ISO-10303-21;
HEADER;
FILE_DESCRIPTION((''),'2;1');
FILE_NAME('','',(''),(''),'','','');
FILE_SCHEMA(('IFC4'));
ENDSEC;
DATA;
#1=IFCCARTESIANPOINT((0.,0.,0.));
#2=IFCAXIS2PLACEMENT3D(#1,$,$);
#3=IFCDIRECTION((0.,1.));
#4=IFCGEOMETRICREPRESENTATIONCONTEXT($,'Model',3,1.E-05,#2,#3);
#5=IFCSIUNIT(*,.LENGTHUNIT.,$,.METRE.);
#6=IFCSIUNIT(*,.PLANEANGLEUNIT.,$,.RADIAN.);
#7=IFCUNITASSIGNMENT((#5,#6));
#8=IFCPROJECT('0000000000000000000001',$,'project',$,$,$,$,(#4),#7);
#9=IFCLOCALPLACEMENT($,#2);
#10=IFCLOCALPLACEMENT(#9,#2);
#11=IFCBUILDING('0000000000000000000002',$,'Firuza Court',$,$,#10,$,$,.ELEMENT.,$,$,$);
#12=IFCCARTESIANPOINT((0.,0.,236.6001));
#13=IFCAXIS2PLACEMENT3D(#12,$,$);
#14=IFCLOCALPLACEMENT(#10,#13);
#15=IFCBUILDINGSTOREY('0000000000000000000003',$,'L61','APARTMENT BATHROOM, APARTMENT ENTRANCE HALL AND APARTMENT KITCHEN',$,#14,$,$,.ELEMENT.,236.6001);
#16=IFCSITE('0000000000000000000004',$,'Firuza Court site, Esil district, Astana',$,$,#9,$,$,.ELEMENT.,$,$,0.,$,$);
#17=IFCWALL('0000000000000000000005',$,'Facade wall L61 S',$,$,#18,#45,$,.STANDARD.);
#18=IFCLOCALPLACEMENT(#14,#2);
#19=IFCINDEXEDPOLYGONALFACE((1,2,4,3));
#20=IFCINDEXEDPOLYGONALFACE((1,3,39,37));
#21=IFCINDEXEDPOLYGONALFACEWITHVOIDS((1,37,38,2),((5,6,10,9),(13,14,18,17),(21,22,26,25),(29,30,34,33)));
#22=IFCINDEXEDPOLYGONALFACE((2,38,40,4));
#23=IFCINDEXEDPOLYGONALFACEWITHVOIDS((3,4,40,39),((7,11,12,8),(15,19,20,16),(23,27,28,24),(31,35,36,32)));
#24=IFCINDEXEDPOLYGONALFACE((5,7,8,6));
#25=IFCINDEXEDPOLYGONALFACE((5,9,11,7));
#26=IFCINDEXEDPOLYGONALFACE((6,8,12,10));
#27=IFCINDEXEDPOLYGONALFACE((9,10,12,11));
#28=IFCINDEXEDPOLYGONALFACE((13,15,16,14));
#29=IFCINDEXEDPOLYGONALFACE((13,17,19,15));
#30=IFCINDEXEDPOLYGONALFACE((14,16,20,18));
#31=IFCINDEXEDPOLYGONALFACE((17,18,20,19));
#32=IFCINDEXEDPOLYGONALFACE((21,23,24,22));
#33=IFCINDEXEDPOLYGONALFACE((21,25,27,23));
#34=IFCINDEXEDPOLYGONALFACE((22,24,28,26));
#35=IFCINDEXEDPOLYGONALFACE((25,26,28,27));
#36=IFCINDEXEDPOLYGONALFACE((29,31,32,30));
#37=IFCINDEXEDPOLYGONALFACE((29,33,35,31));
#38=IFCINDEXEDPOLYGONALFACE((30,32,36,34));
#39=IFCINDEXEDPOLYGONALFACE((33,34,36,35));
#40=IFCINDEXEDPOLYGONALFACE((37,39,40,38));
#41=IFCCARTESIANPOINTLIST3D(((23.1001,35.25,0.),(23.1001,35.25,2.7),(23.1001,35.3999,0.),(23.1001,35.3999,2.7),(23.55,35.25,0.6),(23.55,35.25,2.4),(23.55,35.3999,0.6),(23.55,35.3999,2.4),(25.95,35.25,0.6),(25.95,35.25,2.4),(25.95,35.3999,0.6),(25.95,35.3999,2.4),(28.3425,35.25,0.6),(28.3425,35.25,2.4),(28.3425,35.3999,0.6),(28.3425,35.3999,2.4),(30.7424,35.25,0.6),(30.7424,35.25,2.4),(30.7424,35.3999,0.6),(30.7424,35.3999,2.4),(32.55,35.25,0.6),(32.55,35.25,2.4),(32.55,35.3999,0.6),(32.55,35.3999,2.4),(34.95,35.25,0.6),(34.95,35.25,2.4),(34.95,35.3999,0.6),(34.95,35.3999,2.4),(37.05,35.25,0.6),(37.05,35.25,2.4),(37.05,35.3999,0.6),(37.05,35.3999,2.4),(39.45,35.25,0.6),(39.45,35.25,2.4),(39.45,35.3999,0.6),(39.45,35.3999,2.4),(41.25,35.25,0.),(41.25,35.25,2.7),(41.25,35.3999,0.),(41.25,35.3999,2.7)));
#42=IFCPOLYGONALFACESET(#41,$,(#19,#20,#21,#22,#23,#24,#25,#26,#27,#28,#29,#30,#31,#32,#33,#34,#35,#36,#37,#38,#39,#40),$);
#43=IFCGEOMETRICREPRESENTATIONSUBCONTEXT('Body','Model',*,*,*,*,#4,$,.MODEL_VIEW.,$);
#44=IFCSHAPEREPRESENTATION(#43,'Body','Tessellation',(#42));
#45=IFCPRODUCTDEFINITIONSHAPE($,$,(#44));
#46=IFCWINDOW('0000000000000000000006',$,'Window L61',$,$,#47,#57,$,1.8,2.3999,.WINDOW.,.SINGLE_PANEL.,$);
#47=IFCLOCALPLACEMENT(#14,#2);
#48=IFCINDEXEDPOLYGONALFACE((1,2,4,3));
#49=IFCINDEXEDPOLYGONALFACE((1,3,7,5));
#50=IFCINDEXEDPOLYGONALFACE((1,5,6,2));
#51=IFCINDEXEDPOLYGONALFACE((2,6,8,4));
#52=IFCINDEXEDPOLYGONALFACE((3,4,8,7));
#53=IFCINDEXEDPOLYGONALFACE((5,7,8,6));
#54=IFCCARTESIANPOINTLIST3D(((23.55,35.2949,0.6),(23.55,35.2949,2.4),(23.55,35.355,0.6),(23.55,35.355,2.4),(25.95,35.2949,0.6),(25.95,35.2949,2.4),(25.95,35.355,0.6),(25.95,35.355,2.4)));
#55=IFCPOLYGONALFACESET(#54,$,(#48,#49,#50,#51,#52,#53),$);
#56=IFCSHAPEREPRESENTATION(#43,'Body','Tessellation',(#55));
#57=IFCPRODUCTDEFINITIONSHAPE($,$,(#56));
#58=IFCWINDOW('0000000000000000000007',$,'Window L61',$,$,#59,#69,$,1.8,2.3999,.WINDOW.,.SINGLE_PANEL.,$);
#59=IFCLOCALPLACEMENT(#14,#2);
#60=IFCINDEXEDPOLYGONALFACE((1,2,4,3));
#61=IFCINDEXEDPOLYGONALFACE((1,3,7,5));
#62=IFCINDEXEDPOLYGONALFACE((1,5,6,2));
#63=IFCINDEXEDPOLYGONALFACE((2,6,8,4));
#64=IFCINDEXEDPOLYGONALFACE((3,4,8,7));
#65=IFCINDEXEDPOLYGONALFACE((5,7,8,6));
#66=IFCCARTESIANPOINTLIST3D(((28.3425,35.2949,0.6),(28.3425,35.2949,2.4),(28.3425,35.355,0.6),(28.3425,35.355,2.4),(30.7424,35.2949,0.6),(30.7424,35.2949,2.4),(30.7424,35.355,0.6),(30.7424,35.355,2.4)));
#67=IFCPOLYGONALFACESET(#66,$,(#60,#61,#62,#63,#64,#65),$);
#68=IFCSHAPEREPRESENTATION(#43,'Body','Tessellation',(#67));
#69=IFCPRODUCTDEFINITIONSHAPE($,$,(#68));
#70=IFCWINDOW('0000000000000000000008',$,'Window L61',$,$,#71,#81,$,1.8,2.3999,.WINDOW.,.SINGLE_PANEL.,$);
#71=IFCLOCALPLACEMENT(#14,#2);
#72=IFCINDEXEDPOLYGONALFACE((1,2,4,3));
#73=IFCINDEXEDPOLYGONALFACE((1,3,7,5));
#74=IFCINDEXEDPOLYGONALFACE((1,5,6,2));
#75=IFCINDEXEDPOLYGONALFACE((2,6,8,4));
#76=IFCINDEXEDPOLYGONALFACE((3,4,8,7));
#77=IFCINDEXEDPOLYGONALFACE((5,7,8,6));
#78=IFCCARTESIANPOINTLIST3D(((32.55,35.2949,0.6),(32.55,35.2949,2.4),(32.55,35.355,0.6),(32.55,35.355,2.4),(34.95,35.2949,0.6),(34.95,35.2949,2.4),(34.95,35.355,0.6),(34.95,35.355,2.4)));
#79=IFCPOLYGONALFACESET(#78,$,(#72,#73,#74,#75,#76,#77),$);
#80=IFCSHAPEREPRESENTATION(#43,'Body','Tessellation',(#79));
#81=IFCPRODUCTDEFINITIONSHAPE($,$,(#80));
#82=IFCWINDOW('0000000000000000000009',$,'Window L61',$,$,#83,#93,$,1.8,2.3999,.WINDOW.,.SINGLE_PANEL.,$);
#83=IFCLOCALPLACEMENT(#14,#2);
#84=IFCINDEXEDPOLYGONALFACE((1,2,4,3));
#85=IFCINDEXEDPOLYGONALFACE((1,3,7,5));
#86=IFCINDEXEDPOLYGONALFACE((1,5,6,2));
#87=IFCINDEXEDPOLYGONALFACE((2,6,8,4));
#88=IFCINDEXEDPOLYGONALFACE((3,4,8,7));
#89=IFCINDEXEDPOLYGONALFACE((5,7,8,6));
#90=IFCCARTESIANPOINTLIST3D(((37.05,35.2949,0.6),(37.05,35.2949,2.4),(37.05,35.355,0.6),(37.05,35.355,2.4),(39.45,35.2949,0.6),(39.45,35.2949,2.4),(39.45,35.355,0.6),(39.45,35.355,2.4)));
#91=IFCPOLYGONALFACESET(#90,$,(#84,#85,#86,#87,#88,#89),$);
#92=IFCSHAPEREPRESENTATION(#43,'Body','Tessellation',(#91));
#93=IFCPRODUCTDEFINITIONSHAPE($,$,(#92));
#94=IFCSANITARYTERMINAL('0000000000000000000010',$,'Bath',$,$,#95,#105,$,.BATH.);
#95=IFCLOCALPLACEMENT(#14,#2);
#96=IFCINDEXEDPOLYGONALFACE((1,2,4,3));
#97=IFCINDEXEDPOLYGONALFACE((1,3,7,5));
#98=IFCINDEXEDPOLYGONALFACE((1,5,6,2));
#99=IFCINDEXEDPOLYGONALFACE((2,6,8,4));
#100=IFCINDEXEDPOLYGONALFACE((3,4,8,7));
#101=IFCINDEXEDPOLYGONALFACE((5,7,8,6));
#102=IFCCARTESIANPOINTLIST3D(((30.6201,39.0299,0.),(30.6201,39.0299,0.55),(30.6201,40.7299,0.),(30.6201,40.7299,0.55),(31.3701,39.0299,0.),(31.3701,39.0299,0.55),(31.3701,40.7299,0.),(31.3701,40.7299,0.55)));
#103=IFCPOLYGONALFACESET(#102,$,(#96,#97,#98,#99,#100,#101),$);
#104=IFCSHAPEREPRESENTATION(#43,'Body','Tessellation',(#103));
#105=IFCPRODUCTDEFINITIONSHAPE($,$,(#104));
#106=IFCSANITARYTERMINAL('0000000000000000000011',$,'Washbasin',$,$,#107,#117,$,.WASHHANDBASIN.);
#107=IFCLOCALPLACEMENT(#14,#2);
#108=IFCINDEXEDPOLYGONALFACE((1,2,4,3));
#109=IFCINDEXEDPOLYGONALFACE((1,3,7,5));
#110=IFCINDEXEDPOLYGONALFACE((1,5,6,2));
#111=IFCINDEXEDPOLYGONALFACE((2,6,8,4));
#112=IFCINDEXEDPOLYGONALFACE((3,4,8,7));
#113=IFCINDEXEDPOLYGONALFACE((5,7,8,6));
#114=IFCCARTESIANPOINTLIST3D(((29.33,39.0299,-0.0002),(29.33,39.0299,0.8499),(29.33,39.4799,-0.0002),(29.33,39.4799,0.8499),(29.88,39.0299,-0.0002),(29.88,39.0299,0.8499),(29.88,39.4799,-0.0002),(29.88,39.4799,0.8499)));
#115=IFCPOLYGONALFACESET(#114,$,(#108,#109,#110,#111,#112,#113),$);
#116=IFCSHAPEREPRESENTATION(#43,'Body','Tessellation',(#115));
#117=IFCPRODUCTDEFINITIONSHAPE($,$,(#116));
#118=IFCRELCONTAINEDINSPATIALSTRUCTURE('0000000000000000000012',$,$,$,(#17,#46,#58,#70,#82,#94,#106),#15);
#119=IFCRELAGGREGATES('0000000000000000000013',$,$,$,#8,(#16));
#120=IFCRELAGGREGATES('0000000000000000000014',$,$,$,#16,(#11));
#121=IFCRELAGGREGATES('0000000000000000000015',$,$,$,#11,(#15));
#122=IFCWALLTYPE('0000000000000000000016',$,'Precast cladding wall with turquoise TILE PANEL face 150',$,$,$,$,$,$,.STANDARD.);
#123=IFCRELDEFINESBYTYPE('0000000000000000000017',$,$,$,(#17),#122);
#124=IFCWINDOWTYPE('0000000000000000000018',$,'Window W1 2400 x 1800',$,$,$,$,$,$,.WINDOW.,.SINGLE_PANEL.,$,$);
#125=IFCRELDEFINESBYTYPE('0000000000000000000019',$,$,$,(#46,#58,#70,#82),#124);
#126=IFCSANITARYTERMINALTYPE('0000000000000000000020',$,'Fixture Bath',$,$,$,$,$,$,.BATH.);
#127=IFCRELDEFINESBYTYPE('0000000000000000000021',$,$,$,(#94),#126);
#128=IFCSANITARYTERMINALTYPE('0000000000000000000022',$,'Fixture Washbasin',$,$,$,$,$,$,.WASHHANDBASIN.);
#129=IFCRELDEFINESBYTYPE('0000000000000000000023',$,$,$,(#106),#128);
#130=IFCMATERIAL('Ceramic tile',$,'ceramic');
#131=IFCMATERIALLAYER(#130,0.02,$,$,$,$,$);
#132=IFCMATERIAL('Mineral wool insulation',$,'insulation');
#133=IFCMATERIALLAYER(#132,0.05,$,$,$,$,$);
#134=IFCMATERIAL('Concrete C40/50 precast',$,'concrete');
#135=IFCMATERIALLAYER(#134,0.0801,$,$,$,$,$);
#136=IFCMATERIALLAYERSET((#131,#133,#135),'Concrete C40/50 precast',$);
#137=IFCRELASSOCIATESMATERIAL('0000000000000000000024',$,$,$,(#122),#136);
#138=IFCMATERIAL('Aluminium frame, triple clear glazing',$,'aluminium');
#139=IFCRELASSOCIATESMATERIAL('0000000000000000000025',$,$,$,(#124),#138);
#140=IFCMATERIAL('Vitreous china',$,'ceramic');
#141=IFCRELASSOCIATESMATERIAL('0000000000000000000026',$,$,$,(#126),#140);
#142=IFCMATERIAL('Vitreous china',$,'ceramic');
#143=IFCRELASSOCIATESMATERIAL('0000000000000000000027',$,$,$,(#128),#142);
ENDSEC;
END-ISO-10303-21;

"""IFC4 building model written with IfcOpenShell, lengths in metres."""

from ifc_helpers import new_model, si_unit, direction, frame, frame_2d, origin, origin_2d, place, context, subcontext, project, spatial, rectangle, extrude, material, layer, layer_set, type_object, element, fill, save


model = new_model("IFC4")

# Units and contexts
model_context = context("Model", 3, precision=1e-05, world=origin(), true_north=direction((0.0, 1.0)))
body_context = subcontext(model_context, "Body", "Model", "MODEL_VIEW")
ifc_project = project(units=[si_unit("LENGTHUNIT", "METRE"), si_unit("PLANEANGLEUNIT", "RADIAN")], contexts=[model_context])

# Site, building, storey
site_placement = place(None, origin())
site = spatial("IfcSite", under=ifc_project, at=site_placement, Name="Firuza Court site, Esil district, Astana", CompositionType="ELEMENT", RefElevation=0.0)
building_placement = place(site_placement, origin())
building = spatial("IfcBuilding", under=site, at=building_placement, Name="Firuza Court", CompositionType="ELEMENT")
storey_placement = place(building_placement, frame((0.0, 0.0, 236.6001)))
storey = spatial("IfcBuildingStorey", under=building, at=storey_placement, Name="L61", Description="APARTMENT BATHROOM, APARTMENT ENTRANCE HALL AND APARTMENT KITCHEN", CompositionType="ELEMENT", Elevation=236.6001)

# Wall, openings, windows
ifc_material_1 = material(Name="Ceramic tile", Category="ceramic")
ifc_layer_1 = layer(ifc_material_1, 0.02)
ifc_material_2 = material(Name="Mineral wool insulation", Category="insulation")
ifc_layer_2 = layer(ifc_material_2, 0.05)
ifc_material_3 = material(Name="Concrete C40/50 precast", Category="concrete")
ifc_layer_3 = layer(ifc_material_3, 0.0801)
ifc_layer_set_1 = layer_set([ifc_layer_1, ifc_layer_2, ifc_layer_3], Name="Concrete C40/50 precast")
wall_type_1 = type_object("IfcWallType", Name="Precast cladding wall with turquoise TILE PANEL face 150", PredefinedType="STANDARD", material=ifc_layer_set_1)
ifc_material_4 = material(Name="Aluminium frame, triple clear glazing", Category="aluminium")
window_type_1 = type_object("IfcWindowType", Name="Window W1 2400 x 1800", PartitioningType="SINGLE_PANEL", PredefinedType="WINDOW", material=ifc_material_4)
wall_1_placement = place(storey_placement, frame((23.1001, 35.325, 0.0), z_axis=(0.0, 0.0, 1.0), x_axis=(1.0, 0.0, 0.0)))
wall_1 = element("IfcWall", 1, at=wall_1_placement, inside=storey, type_object=wall_type_1, Name="Facade wall L61 S", PredefinedType="STANDARD", context=body_context, shape_type="SweptSolid", body=[
    extrude(rectangle(XDim=18.1499, YDim=0.1499, at=frame_2d((9.075, 0.0))), origin(), (0.0, 0.0, 1.0), 2.7),
])
opening_1_placement = place(wall_1_placement, frame((0.45, 0.0, 0.6001)))
opening_1 = element("IfcOpeningElement", 2, at=opening_1_placement, cuts=wall_1, PredefinedType="OPENING", context=body_context, shape_type="SweptSolid", body=[
    extrude(rectangle(XDim=2.3999, YDim=1.8, at=frame_2d((1.2, 0.8999))), frame((0.0, 0.0869, 0.0), z_axis=(0.0, -1.0, 0.0), x_axis=(1.0, 0.0, 0.0)), (0.0, 0.0, 1.0), 0.1738),
])
opening_2_placement = place(wall_1_placement, frame((5.2424, 0.0, 0.6001)))
opening_2 = element("IfcOpeningElement", 3, at=opening_2_placement, cuts=wall_1, PredefinedType="OPENING", context=body_context, shape_type="SweptSolid", body=[
    extrude(rectangle(XDim=2.3999, YDim=1.8, at=frame_2d((1.2, 0.8999))), frame((0.0, 0.0869, 0.0), z_axis=(0.0, -1.0, 0.0), x_axis=(1.0, 0.0, 0.0)), (0.0, 0.0, 1.0), 0.1738),
])
opening_3_placement = place(wall_1_placement, frame((9.45, 0.0, 0.6001)))
opening_3 = element("IfcOpeningElement", 4, at=opening_3_placement, cuts=wall_1, PredefinedType="OPENING", context=body_context, shape_type="SweptSolid", body=[
    extrude(rectangle(XDim=2.3999, YDim=1.8, at=frame_2d((1.2, 0.8999))), frame((0.0, 0.0869, 0.0), z_axis=(0.0, -1.0, 0.0), x_axis=(1.0, 0.0, 0.0)), (0.0, 0.0, 1.0), 0.1738),
])
opening_4_placement = place(wall_1_placement, frame((13.95, 0.0, 0.6001)))
opening_4 = element("IfcOpeningElement", 5, at=opening_4_placement, cuts=wall_1, PredefinedType="OPENING", context=body_context, shape_type="SweptSolid", body=[
    extrude(rectangle(XDim=2.3999, YDim=1.8, at=frame_2d((1.2, 0.8999))), frame((0.0, 0.0869, 0.0), z_axis=(0.0, -1.0, 0.0), x_axis=(1.0, 0.0, 0.0)), (0.0, 0.0, 1.0), 0.1738),
])
window_1_placement = place(opening_1_placement, origin())
window_1 = element("IfcWindow", 6, at=window_1_placement, inside=storey, type_object=window_type_1, Name="Window L61", OverallHeight=1.8, OverallWidth=2.3999, PartitioningType="SINGLE_PANEL", PredefinedType="WINDOW", context=body_context, shape_type="SweptSolid", body=[
    extrude(rectangle(XDim=2.3999, YDim=1.8, at=frame_2d((1.2, 0.8999))), frame((0.0, 0.03, 0.0), z_axis=(0.0, -1.0, 0.0), x_axis=(1.0, 0.0, 0.0)), (0.0, 0.0, 1.0), 0.0601),
])
fill(opening_1, window_1)
window_2_placement = place(opening_2_placement, origin())
window_2 = element("IfcWindow", 7, at=window_2_placement, inside=storey, type_object=window_type_1, Name="Window L61", OverallHeight=1.8, OverallWidth=2.3999, PartitioningType="SINGLE_PANEL", PredefinedType="WINDOW", context=body_context, shape_type="SweptSolid", body=[
    extrude(rectangle(XDim=2.3999, YDim=1.8, at=frame_2d((1.2, 0.8999))), frame((0.0, 0.03, 0.0), z_axis=(0.0, -1.0, 0.0), x_axis=(1.0, 0.0, 0.0)), (0.0, 0.0, 1.0), 0.0601),
])
fill(opening_2, window_2)
window_3_placement = place(opening_3_placement, origin())
window_3 = element("IfcWindow", 8, at=window_3_placement, inside=storey, type_object=window_type_1, Name="Window L61", OverallHeight=1.8, OverallWidth=2.3999, PartitioningType="SINGLE_PANEL", PredefinedType="WINDOW", context=body_context, shape_type="SweptSolid", body=[
    extrude(rectangle(XDim=2.3999, YDim=1.8, at=frame_2d((1.2, 0.8999))), frame((0.0, 0.03, 0.0), z_axis=(0.0, -1.0, 0.0), x_axis=(1.0, 0.0, 0.0)), (0.0, 0.0, 1.0), 0.0601),
])
fill(opening_3, window_3)
window_4_placement = place(opening_4_placement, origin())
window_4 = element("IfcWindow", 9, at=window_4_placement, inside=storey, type_object=window_type_1, Name="Window L61", OverallHeight=1.8, OverallWidth=2.3999, PartitioningType="SINGLE_PANEL", PredefinedType="WINDOW", context=body_context, shape_type="SweptSolid", body=[
    extrude(rectangle(XDim=2.3999, YDim=1.8, at=frame_2d((1.2, 0.8999))), frame((0.0, 0.03, 0.0), z_axis=(0.0, -1.0, 0.0), x_axis=(1.0, 0.0, 0.0)), (0.0, 0.0, 1.0), 0.0601),
])
fill(opening_4, window_4)

# Sanitary terminals
ifc_material_5 = material(Name="Vitreous china", Category="ceramic")
sanitary_terminal_type_1 = type_object("IfcSanitaryTerminalType", Name="Fixture Bath", PredefinedType="BATH", material=ifc_material_5)
sanitary_terminal_1_placement = place(storey_placement, frame((30.9951, 39.8799, 0.0), z_axis=(0.0, 0.0, 1.0), x_axis=(1.0, 0.0, 0.0)))
element("IfcSanitaryTerminal", 10, at=sanitary_terminal_1_placement, inside=storey, type_object=sanitary_terminal_type_1, Name="Bath", PredefinedType="BATH", context=body_context, shape_type="SweptSolid", body=[
    extrude(rectangle(XDim=0.75, YDim=1.7, at=origin_2d()), origin(), (0.0, 0.0, 1.0), 0.55),
])
ifc_material_6 = material(Name="Vitreous china", Category="ceramic")
sanitary_terminal_type_2 = type_object("IfcSanitaryTerminalType", Name="Fixture Washbasin", PredefinedType="WASHHANDBASIN", material=ifc_material_6)
sanitary_terminal_2_placement = place(storey_placement, frame((29.605, 39.2549, -0.0002), z_axis=(0.0, 0.0, 1.0), x_axis=(1.0, 0.0, 0.0)))
element("IfcSanitaryTerminal", 11, at=sanitary_terminal_2_placement, inside=storey, type_object=sanitary_terminal_type_2, Name="Washbasin", PredefinedType="WASHHANDBASIN", context=body_context, shape_type="SweptSolid", body=[
    extrude(rectangle(XDim=0.55, YDim=0.45, at=origin_2d()), origin(), (0.0, 0.0, 1.0), 0.8501),
])

save(model, "model.ifc")
